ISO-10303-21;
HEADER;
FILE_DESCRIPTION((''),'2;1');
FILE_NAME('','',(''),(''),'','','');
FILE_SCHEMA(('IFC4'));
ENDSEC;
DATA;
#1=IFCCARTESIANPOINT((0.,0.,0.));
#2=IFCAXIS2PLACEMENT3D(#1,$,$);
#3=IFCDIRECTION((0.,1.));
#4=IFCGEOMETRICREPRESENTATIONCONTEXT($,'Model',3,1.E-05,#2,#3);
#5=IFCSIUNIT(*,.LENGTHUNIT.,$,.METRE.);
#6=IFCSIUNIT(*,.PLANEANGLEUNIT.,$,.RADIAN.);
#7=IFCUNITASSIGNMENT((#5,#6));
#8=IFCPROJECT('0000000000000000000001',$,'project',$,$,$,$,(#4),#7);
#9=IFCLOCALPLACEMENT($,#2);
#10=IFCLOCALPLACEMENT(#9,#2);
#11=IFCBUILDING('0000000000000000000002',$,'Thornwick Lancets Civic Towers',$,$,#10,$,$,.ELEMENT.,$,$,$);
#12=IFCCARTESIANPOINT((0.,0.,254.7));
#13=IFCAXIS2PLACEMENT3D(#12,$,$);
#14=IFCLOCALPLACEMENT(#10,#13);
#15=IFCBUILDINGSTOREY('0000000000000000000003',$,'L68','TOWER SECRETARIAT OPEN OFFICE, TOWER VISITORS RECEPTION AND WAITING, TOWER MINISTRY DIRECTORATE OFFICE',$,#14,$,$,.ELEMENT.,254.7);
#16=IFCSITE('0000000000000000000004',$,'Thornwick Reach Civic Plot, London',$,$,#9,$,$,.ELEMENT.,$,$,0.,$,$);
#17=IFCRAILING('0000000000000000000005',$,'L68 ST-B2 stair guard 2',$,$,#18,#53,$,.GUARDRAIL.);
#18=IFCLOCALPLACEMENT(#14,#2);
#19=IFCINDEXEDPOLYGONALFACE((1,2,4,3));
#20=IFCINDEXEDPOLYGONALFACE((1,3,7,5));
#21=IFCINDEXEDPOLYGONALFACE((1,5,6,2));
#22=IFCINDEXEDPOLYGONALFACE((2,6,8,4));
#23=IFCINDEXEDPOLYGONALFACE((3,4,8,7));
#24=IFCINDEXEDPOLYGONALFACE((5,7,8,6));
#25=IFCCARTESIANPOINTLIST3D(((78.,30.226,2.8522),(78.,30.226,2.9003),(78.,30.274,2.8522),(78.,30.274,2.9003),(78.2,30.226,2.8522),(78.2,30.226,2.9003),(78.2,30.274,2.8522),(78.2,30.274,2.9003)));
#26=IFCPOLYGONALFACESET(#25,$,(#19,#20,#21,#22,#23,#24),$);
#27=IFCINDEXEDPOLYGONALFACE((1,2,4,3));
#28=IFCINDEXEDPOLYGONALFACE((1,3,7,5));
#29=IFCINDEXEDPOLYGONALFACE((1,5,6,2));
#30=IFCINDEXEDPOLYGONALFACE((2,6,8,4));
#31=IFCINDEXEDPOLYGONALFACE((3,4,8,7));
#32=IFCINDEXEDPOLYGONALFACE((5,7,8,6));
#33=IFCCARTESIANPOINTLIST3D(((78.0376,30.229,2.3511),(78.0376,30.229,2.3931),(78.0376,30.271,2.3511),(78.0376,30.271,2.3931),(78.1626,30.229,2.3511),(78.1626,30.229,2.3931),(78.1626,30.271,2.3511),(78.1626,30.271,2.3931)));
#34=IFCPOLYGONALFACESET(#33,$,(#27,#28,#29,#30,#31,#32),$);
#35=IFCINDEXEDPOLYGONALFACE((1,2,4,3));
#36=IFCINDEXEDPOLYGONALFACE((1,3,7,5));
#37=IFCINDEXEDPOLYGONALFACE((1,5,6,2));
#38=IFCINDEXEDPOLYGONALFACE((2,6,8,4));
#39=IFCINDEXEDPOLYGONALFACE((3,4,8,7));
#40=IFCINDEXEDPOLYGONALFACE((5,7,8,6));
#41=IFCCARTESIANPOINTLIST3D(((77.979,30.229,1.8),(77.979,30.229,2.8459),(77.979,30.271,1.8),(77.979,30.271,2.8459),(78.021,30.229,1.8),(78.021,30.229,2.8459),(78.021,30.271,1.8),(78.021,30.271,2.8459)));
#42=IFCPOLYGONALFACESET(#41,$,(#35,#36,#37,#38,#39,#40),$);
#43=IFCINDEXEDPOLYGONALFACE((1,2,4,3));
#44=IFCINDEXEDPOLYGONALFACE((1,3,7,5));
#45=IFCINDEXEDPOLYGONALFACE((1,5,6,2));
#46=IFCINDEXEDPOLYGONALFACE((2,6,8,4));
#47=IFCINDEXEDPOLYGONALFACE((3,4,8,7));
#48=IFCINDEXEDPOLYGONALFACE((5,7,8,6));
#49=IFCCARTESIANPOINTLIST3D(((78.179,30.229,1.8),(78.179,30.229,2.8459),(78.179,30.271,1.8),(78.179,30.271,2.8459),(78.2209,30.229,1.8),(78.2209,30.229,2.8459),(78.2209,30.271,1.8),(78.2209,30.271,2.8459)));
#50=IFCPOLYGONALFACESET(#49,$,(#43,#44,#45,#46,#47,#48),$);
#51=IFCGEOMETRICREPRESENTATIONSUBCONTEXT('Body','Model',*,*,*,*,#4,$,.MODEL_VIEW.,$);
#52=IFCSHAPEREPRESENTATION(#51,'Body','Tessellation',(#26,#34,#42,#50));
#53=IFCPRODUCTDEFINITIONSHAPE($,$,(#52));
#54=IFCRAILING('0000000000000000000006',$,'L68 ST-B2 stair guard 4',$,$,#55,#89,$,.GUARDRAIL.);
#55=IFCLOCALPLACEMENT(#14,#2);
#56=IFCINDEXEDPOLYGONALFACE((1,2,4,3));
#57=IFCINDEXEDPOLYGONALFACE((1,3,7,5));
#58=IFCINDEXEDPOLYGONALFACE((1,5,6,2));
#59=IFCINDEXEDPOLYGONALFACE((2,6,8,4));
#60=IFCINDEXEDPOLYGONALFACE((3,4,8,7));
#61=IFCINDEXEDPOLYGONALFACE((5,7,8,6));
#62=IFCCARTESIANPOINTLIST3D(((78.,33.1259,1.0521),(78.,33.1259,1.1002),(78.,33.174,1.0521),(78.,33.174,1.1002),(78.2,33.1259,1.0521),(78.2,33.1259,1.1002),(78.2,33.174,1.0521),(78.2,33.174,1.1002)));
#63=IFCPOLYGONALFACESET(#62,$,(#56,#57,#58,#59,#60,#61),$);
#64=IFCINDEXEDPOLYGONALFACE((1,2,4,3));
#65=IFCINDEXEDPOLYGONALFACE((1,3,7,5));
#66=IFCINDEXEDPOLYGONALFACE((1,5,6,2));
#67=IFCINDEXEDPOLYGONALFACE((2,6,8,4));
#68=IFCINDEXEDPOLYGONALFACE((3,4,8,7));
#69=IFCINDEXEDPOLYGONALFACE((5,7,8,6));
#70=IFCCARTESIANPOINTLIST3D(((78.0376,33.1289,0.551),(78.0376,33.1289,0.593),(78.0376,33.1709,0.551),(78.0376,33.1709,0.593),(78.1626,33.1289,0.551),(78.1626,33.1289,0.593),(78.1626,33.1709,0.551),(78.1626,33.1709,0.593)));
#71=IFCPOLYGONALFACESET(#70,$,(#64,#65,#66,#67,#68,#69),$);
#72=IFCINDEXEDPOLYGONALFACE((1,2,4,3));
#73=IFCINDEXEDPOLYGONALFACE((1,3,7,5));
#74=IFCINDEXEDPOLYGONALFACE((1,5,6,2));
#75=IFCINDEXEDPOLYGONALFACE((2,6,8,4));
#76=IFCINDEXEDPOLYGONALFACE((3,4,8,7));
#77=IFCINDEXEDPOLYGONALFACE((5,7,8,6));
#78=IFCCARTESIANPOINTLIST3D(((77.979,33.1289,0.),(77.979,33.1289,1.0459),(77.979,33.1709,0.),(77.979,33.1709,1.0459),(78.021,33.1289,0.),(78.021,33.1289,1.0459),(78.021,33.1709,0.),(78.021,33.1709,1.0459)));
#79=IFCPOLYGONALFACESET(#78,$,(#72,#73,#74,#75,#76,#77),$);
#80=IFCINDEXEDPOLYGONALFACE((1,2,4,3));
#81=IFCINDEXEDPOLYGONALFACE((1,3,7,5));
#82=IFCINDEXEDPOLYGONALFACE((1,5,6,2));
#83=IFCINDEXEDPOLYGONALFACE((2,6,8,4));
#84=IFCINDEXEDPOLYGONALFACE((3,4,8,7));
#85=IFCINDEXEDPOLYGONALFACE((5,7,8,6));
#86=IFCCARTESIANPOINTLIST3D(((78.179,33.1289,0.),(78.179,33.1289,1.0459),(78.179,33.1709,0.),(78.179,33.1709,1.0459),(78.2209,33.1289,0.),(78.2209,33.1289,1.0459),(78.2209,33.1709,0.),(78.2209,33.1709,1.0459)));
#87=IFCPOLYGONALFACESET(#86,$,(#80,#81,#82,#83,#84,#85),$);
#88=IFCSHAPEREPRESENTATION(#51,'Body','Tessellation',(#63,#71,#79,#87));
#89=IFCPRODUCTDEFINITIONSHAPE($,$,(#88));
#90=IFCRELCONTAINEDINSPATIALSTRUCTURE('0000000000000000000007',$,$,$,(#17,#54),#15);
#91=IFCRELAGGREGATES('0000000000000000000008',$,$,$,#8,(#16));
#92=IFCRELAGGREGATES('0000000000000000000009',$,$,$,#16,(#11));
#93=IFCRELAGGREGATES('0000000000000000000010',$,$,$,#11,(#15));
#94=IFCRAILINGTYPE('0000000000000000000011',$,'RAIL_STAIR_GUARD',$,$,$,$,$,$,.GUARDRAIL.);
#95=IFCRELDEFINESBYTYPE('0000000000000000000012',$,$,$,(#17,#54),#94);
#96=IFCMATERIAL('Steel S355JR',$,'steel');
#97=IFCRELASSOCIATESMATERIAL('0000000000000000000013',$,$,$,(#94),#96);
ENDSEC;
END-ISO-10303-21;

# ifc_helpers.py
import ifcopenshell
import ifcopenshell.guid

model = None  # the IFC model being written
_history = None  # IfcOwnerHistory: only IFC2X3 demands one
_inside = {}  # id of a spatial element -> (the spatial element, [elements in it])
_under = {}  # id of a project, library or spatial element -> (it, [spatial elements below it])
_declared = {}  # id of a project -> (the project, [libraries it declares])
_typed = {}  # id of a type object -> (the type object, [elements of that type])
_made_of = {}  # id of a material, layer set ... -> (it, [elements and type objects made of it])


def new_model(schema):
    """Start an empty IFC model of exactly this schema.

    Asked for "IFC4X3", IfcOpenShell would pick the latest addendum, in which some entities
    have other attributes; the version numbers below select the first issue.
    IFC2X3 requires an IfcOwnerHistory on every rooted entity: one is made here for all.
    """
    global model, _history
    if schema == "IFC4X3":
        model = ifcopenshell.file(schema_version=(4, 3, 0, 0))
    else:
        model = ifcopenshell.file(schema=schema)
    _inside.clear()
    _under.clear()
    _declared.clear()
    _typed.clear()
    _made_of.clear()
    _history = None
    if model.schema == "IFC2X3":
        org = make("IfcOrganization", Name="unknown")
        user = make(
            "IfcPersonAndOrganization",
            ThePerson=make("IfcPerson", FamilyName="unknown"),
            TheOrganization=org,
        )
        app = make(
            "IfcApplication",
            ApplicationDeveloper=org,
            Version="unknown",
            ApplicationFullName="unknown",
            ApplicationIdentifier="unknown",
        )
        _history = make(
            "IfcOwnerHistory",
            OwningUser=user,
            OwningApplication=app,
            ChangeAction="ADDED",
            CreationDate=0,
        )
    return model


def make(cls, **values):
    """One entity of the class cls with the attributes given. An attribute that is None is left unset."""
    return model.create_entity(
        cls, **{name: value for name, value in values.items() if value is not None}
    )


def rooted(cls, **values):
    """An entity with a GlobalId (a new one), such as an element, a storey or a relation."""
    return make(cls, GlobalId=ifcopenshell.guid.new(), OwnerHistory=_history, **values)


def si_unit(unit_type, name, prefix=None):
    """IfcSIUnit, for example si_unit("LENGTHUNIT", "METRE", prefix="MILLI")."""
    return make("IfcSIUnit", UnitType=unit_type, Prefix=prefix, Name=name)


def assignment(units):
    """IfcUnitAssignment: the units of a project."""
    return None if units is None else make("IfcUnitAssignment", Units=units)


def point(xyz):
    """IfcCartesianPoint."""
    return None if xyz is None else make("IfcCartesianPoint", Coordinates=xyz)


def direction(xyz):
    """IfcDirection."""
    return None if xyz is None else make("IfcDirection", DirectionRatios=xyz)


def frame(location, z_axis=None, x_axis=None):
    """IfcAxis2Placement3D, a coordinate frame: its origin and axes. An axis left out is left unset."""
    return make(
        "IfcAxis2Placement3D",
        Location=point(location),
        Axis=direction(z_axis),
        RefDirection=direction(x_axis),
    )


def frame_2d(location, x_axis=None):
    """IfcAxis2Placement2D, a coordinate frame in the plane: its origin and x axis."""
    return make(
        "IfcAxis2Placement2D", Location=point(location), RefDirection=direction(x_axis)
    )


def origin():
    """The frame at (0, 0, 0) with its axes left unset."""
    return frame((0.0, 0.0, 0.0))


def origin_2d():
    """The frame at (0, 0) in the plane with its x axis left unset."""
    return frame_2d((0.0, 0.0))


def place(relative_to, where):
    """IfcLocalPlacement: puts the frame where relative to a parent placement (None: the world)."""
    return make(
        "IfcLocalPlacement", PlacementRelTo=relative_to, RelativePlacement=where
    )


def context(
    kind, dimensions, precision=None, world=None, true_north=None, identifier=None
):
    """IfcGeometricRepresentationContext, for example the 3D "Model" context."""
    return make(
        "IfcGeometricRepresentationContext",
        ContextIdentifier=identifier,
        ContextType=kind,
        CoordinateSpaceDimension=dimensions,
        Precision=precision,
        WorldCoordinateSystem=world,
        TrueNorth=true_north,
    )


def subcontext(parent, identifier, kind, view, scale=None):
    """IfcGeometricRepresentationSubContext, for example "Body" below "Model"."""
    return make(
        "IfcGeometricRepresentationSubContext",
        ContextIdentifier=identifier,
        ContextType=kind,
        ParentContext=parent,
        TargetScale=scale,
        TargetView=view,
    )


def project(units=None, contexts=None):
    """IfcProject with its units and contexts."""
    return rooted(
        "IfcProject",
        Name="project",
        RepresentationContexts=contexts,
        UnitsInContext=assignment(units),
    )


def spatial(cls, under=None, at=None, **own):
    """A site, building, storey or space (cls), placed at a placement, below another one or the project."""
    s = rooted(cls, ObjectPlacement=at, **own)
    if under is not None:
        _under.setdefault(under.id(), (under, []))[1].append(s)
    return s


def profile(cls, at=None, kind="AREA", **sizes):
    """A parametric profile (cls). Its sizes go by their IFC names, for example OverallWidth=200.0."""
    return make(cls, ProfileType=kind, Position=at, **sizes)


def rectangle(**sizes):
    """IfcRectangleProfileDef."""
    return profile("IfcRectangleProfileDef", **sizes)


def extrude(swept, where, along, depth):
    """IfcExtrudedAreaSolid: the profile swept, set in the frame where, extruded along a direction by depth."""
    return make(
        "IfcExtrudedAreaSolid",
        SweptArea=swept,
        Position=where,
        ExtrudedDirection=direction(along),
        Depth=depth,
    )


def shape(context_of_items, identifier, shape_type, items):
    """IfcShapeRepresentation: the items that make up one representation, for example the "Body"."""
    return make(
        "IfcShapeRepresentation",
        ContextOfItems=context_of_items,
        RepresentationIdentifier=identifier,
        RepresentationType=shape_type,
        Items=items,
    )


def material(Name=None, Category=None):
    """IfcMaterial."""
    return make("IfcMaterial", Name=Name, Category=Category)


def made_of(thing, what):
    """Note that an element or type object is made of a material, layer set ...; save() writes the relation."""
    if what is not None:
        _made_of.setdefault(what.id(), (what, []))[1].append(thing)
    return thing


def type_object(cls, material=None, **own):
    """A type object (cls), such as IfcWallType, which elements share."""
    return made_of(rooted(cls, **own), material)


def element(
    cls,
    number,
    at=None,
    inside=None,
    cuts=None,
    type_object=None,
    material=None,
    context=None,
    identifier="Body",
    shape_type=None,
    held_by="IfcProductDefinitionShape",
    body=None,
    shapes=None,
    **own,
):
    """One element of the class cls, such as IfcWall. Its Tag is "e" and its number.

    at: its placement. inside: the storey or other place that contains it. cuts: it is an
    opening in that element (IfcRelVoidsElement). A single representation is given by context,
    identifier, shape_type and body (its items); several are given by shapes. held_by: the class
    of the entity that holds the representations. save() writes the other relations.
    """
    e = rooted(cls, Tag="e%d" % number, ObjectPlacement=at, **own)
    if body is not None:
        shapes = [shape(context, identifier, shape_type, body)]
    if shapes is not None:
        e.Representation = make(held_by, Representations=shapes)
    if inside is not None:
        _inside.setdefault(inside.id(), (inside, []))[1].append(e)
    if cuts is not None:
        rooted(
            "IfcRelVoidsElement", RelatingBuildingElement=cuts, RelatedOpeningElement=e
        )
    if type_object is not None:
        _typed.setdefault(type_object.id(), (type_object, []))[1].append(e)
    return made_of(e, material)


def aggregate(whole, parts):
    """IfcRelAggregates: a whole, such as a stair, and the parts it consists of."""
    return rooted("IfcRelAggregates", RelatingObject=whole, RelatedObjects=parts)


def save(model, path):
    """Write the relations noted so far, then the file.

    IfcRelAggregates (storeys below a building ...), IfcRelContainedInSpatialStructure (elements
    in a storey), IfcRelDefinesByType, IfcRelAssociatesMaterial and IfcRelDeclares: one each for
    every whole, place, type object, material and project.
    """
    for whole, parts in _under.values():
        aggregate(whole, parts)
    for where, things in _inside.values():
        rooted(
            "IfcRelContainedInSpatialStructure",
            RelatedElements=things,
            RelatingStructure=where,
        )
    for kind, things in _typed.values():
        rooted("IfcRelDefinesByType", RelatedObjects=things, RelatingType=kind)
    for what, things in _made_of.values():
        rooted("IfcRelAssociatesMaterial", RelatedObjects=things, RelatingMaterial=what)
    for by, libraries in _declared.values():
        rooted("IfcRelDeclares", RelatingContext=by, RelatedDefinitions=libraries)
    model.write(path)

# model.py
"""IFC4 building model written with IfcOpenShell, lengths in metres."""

from ifc_helpers import new_model, si_unit, direction, frame, origin, origin_2d, place, context, subcontext, project, spatial, rectangle, extrude, material, type_object, element, save


model = new_model("IFC4")

# Units and contexts
model_context = context("Model", 3, precision=1e-05, world=origin(), true_north=direction((0.0, 1.0)))
body_context = subcontext(model_context, "Body", "Model", "MODEL_VIEW")
ifc_project = project(units=[si_unit("LENGTHUNIT", "METRE"), si_unit("PLANEANGLEUNIT", "RADIAN")], contexts=[model_context])

# Site, building, storey
site_placement = place(None, origin())
site = spatial("IfcSite", under=ifc_project, at=site_placement, Name="Thornwick Reach Civic Plot, London", CompositionType="ELEMENT", RefElevation=0.0)
building_placement = place(site_placement, origin())
building = spatial("IfcBuilding", under=site, at=building_placement, Name="Thornwick Lancets Civic Towers", CompositionType="ELEMENT")
storey_placement = place(building_placement, frame((0.0, 0.0, 254.7)))
storey = spatial("IfcBuildingStorey", under=building, at=storey_placement, Name="L68", Description="TOWER SECRETARIAT OPEN OFFICE, TOWER VISITORS RECEPTION AND WAITING, TOWER MINISTRY DIRECTORATE OFFICE", CompositionType="ELEMENT", Elevation=254.7)

# Shared definitions
ifc_material_1 = material(Name="Steel S355JR", Category="steel")

# Railings
railing_type_1 = type_object("IfcRailingType", Name="RAIL_STAIR_GUARD", PredefinedType="GUARDRAIL", material=ifc_material_1)
for number, where, name in (
    (1, (78.0, 30.25, 1.8), "L68 ST-B2 stair guard 2"),
    (2, (78.0, 33.1499, 0.0), "L68 ST-B2 stair guard 4"),
):
    element("IfcRailing", number, at=place(storey_placement, frame(where)), inside=storey, type_object=railing_type_1, Name=name, PredefinedType="GUARDRAIL", context=body_context, shape_type="SweptSolid", body=[
        extrude(rectangle(XDim=0.0481, YDim=0.0481, at=origin_2d()), frame((0.0, 0.0, 1.0762), z_axis=(1.0, 0.0, 0.0), x_axis=(0.0, 1.0, 0.0)), (0.0, 0.0, 1.0), 0.2),
        extrude(rectangle(XDim=0.042, YDim=0.042, at=origin_2d()), frame((0.0376, 0.0, 0.572), z_axis=(1.0, 0.0, 0.0), x_axis=(0.0, 1.0, 0.0)), (0.0, 0.0, 1.0), 0.125),
        extrude(rectangle(XDim=0.042, YDim=0.042, at=origin_2d()), origin(), (0.0, 0.0, 1.0), 1.0459),
        extrude(rectangle(XDim=0.042, YDim=0.042, at=origin_2d()), frame((0.2, 0.0, 0.0)), (0.0, 0.0, 1.0), 1.0459),
    ])

save(model, "model.ifc")
